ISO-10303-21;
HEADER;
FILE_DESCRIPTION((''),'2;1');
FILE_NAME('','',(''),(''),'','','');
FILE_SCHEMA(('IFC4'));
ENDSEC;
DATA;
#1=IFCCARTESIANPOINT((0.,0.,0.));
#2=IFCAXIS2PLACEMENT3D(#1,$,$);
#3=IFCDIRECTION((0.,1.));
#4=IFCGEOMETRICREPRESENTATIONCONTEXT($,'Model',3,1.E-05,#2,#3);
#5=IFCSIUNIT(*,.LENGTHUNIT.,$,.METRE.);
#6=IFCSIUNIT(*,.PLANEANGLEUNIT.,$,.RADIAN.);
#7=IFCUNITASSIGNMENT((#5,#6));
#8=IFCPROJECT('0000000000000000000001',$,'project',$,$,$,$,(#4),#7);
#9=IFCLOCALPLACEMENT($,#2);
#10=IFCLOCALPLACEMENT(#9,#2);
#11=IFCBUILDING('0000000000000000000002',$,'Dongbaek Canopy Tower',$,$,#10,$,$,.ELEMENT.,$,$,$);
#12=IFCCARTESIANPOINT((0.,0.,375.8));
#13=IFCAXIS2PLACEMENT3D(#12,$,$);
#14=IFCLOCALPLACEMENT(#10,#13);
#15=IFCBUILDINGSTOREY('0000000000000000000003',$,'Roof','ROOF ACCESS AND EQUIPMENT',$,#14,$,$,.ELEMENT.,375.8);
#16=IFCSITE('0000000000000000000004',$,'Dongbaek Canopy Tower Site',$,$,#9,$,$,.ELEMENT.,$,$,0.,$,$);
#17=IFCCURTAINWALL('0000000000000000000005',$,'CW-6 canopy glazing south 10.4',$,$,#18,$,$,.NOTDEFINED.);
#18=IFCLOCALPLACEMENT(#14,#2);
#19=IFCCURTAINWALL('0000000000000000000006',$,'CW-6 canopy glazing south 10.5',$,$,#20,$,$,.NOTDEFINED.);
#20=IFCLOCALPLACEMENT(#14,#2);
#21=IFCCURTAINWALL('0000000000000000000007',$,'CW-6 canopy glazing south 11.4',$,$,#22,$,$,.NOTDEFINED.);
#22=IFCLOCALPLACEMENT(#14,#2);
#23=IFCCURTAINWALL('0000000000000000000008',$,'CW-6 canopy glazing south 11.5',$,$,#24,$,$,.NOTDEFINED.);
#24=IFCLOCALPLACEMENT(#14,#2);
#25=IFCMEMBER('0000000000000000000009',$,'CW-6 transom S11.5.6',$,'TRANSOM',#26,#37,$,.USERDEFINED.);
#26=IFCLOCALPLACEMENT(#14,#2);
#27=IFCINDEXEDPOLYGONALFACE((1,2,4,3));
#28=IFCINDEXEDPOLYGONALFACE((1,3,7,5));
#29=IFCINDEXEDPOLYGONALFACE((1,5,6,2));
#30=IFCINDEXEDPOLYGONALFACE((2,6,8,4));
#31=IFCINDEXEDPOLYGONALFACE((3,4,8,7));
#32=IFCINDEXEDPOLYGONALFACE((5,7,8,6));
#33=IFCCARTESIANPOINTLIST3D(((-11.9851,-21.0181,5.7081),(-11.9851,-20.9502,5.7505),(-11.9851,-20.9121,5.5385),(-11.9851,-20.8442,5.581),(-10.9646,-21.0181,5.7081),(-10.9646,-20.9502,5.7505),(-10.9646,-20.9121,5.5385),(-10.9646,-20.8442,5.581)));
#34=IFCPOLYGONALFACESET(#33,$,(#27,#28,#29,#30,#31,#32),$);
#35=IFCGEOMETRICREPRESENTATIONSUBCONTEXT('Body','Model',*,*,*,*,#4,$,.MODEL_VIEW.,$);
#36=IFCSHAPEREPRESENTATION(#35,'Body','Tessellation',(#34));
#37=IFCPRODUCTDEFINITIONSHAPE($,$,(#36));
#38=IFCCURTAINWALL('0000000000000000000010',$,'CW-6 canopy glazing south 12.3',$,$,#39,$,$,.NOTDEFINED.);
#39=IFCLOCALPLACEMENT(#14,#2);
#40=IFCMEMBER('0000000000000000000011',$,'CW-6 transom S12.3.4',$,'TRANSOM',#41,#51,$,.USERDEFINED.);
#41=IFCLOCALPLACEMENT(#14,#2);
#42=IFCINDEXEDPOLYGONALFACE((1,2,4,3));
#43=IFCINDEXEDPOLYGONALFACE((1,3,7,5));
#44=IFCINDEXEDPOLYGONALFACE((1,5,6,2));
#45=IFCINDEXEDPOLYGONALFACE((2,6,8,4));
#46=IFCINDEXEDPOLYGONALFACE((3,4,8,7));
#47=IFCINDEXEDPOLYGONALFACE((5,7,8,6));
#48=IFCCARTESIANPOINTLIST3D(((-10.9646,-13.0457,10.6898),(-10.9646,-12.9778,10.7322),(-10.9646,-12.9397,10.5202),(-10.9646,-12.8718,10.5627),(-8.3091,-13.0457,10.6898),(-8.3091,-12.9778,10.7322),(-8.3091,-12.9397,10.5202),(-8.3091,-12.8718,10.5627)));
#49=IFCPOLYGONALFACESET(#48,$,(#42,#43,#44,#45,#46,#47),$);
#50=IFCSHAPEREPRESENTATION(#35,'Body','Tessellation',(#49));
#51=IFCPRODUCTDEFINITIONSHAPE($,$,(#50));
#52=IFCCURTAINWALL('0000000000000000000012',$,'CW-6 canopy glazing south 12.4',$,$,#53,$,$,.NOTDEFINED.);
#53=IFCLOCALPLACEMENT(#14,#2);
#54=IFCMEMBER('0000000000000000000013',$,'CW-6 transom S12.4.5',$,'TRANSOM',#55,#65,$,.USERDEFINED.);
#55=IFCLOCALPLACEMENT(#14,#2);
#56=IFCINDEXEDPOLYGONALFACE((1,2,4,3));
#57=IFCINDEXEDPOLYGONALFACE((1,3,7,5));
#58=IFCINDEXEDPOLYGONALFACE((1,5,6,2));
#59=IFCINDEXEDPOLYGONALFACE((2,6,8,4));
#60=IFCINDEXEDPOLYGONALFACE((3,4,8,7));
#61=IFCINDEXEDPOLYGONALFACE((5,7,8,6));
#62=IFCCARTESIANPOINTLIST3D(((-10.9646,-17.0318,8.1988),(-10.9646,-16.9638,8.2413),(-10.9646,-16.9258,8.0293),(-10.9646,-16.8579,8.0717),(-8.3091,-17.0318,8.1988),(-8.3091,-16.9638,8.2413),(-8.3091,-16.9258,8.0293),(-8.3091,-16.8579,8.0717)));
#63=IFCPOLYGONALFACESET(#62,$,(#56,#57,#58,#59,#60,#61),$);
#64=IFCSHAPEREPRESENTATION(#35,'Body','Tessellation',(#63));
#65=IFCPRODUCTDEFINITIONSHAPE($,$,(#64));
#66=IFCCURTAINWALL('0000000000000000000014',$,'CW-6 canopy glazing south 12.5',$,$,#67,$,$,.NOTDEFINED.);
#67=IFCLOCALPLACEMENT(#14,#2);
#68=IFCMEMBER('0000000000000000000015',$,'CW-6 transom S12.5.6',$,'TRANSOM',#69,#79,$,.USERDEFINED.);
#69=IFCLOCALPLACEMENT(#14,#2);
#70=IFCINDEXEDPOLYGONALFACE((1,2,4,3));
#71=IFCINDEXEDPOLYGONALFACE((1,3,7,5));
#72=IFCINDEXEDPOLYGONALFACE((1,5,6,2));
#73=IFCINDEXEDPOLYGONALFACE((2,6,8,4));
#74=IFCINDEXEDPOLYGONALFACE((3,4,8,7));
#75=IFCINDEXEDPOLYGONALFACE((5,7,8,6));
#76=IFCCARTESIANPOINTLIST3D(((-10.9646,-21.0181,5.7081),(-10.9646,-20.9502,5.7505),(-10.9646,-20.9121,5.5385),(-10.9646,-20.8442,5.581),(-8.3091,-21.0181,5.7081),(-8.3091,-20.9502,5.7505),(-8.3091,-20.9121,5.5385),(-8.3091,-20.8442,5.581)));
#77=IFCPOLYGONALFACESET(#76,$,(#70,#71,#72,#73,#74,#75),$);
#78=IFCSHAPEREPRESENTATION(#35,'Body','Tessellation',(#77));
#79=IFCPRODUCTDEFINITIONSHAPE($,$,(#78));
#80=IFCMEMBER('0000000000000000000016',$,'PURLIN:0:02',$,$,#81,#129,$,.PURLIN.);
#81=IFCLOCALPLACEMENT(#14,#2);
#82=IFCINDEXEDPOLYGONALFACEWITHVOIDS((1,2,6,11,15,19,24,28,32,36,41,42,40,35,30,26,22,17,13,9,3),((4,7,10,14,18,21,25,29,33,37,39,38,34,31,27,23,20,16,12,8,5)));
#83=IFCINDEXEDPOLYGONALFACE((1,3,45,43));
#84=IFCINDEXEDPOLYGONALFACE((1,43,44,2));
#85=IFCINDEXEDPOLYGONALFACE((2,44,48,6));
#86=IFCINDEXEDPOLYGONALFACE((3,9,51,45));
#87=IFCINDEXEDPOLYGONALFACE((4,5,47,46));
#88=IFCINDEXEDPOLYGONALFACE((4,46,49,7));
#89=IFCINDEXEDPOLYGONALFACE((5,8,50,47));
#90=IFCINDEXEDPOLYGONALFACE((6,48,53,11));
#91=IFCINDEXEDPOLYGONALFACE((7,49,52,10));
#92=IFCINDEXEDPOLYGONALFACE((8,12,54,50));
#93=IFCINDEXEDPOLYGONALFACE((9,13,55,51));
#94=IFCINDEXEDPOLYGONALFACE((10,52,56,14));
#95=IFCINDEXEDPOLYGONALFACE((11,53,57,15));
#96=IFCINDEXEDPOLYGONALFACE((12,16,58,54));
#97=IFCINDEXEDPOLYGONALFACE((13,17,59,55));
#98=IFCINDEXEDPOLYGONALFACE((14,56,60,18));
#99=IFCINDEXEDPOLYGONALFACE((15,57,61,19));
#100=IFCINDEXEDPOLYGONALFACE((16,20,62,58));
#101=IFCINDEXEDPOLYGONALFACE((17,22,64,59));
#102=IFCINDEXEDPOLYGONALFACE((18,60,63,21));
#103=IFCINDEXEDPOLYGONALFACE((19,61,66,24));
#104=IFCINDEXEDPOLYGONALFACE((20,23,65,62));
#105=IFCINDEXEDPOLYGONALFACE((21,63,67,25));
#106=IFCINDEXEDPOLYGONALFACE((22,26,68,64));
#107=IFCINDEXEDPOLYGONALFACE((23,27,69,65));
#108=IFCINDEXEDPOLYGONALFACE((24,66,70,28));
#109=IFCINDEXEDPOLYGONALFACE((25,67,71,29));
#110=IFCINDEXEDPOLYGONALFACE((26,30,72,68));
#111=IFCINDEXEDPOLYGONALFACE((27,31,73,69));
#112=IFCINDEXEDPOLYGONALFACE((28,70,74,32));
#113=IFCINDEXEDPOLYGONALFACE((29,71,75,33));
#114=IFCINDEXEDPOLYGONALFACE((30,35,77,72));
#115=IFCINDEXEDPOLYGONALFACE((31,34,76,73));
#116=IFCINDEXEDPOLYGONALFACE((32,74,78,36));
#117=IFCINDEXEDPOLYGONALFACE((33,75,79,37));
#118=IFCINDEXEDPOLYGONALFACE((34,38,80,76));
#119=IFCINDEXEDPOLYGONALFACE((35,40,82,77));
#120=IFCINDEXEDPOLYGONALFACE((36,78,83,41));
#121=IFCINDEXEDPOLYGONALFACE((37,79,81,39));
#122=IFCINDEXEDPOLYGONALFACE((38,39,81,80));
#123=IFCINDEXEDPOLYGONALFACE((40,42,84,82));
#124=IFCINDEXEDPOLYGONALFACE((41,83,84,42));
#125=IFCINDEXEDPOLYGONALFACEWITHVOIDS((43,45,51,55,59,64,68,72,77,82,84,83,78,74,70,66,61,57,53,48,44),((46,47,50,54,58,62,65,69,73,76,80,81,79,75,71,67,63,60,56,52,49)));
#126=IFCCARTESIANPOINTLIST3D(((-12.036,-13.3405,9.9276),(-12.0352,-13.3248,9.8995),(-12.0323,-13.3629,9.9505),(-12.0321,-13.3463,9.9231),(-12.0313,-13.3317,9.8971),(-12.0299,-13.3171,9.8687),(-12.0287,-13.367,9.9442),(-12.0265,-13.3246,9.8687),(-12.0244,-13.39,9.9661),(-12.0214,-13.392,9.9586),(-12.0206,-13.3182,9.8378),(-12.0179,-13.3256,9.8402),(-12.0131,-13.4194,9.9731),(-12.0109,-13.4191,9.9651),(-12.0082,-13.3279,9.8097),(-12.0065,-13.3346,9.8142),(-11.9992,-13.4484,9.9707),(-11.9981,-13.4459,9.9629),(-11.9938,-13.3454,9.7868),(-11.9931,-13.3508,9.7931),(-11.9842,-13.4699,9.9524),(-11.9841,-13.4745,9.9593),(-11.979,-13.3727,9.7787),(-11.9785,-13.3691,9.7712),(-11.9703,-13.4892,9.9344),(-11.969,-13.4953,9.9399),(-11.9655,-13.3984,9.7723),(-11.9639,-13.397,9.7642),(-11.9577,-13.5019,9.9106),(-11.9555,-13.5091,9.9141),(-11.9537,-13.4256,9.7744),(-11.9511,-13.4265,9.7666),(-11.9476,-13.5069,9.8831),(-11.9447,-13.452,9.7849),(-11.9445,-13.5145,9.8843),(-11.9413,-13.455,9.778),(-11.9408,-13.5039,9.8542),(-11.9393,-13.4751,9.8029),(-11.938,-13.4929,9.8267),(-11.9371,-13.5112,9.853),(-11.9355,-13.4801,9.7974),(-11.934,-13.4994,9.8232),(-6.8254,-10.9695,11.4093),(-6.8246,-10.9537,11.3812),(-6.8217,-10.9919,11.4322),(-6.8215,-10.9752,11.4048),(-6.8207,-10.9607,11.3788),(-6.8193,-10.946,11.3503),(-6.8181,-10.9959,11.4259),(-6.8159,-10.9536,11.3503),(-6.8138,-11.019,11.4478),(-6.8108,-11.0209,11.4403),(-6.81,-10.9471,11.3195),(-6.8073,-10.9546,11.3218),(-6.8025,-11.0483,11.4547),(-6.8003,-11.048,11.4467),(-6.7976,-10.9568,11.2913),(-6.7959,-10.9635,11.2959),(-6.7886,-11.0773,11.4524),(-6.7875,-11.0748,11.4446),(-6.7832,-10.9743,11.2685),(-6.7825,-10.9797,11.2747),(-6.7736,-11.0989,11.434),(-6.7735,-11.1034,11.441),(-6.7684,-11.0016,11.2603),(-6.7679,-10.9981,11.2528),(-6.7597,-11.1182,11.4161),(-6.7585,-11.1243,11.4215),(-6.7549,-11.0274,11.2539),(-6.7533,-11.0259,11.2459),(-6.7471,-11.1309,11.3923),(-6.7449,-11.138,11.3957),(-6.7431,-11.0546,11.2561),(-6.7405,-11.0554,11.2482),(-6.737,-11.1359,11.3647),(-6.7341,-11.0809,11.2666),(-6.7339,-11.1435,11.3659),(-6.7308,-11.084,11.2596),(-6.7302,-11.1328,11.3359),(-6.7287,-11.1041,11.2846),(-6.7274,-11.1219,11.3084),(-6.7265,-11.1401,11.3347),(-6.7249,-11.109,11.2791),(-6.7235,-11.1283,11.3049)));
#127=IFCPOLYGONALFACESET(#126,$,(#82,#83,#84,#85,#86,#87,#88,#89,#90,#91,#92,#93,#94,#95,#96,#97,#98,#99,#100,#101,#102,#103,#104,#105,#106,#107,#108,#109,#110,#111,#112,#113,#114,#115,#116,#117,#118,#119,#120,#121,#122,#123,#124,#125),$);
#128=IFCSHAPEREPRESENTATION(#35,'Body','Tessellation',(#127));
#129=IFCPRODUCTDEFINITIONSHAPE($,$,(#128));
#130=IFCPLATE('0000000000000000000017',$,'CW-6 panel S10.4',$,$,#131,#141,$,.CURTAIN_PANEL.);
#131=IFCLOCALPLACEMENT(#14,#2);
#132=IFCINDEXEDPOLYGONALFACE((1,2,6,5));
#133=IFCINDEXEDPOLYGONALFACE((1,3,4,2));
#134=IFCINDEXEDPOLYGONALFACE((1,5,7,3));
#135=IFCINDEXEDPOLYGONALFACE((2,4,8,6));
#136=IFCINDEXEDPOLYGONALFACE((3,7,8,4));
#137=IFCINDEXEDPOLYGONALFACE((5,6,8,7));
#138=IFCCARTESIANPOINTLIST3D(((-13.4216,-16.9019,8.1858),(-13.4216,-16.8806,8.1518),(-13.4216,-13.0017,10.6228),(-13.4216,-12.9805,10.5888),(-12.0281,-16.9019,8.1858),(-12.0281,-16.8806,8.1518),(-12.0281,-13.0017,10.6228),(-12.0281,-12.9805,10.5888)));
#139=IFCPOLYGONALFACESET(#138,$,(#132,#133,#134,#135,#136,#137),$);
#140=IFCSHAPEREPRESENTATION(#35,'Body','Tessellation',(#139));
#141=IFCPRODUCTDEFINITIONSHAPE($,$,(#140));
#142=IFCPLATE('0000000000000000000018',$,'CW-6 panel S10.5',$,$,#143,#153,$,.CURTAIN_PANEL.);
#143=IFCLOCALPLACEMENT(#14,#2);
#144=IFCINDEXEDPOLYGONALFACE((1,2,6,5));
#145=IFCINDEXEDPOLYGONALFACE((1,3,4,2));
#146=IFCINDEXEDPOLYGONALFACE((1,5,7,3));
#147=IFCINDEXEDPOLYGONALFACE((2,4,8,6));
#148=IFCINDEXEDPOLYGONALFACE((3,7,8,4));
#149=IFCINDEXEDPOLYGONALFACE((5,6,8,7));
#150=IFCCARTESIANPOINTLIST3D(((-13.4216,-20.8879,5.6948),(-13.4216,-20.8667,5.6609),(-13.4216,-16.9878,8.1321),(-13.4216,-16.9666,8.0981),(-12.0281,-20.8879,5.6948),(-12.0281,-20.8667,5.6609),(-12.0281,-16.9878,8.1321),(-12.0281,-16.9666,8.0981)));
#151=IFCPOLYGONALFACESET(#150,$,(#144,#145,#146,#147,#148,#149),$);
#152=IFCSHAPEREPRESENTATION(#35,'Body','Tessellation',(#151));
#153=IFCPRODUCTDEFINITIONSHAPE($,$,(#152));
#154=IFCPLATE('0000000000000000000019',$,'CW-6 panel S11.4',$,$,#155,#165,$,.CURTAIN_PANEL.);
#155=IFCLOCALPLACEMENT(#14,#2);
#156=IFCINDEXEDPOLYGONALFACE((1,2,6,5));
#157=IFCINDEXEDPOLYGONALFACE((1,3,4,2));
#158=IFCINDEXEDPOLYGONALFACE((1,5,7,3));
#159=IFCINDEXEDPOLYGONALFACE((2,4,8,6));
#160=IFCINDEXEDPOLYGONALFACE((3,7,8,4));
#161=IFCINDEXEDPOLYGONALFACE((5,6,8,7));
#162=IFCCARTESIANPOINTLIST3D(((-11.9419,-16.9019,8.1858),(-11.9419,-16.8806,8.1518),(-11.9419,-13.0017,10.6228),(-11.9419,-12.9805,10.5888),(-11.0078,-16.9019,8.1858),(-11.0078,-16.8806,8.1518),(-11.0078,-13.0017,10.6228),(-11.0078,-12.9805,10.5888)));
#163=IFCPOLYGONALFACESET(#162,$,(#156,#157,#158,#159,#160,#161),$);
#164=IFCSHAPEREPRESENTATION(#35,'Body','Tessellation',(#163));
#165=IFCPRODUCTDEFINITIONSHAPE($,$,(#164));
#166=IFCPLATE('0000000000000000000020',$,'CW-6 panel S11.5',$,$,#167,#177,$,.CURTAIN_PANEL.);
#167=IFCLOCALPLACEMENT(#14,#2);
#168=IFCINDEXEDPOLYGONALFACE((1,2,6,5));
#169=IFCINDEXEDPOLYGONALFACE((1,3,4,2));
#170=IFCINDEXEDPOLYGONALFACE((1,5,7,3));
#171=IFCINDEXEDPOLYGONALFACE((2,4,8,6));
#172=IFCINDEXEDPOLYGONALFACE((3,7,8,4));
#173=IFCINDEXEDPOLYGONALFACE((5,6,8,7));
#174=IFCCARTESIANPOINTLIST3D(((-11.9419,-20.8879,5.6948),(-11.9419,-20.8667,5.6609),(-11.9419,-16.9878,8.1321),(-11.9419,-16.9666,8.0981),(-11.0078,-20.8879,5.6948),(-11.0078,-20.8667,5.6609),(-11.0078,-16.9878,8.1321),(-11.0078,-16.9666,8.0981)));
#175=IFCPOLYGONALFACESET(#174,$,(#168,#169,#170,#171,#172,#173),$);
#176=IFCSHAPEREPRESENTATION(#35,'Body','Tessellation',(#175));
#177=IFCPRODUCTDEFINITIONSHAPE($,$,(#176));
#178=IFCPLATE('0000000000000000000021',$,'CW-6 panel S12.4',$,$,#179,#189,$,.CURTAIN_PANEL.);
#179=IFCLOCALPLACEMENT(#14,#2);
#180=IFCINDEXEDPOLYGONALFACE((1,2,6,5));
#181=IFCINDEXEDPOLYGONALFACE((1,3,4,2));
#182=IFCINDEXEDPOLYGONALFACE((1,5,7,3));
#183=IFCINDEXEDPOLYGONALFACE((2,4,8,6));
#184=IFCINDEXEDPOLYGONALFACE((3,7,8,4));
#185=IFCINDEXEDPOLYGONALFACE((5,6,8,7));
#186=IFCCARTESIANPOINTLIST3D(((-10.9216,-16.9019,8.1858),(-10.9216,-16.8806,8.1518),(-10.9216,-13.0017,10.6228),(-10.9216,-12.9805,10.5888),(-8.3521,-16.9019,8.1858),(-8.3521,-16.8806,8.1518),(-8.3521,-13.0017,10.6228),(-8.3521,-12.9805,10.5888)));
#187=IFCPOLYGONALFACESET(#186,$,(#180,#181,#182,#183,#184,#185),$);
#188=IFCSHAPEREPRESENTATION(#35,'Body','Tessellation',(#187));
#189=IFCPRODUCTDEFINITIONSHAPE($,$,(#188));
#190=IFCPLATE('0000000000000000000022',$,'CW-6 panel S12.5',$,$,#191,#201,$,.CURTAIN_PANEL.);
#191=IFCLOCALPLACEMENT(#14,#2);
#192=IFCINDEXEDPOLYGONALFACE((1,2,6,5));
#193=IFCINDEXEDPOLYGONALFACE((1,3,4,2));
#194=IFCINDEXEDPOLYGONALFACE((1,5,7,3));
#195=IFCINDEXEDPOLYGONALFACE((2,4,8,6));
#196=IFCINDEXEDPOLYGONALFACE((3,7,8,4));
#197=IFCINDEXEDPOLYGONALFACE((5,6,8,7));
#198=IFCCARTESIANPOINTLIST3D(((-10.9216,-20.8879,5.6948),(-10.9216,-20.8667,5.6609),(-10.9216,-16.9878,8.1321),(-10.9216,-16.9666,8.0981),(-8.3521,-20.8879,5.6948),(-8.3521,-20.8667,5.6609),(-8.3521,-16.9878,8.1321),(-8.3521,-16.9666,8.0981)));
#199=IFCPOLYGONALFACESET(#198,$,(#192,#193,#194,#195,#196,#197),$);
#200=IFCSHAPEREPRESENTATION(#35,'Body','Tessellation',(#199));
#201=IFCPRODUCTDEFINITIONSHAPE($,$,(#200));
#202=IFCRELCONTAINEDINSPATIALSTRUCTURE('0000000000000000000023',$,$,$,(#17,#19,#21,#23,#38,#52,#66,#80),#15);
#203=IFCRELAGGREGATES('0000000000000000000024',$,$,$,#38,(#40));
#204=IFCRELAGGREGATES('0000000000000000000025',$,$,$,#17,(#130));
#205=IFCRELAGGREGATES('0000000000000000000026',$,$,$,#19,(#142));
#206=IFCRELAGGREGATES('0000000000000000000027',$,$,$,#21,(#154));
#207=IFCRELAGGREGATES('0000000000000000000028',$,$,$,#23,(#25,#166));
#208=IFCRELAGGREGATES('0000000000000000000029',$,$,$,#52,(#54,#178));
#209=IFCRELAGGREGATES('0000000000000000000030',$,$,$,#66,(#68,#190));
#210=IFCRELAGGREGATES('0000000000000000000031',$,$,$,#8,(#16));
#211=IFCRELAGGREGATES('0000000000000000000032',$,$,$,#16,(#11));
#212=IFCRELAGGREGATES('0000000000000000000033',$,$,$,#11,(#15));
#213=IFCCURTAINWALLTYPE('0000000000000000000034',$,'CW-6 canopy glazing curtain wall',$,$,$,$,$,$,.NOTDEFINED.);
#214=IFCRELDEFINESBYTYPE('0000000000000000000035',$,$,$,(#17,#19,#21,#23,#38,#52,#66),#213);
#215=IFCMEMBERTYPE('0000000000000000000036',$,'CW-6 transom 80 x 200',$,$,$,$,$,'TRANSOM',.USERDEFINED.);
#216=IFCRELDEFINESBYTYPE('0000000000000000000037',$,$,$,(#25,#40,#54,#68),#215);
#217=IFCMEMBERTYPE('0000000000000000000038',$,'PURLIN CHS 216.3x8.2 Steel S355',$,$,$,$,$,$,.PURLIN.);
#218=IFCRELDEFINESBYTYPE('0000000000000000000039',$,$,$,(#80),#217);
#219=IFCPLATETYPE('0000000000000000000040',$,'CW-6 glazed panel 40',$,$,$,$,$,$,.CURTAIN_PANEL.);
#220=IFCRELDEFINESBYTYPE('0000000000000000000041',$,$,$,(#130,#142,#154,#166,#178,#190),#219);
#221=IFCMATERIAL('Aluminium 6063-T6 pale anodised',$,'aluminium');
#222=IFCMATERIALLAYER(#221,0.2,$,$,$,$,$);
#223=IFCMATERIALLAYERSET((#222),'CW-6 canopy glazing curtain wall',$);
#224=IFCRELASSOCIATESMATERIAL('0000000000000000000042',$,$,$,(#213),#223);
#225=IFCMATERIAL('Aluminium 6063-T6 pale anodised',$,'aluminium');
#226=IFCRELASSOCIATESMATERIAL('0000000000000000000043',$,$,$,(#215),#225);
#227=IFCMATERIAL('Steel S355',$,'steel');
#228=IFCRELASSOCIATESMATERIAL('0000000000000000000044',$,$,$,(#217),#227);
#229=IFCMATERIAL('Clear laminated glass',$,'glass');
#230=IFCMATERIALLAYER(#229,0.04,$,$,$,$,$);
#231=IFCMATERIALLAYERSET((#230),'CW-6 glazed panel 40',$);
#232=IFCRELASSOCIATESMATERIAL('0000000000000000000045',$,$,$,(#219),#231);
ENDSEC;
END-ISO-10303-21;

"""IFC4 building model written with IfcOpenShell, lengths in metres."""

from ifc_helpers import new_model, si_unit, direction, frame, origin, origin_2d, place, context, subcontext, project, spatial, polyline, rectangle, hollow_circle, outline, extrude, material, layer, layer_set, material_profile, profile_set, type_object, element, aggregate, save


model = new_model("IFC4")

# Units and contexts
model_context = context("Model", 3, precision=1e-05, world=origin(), true_north=direction((0.0, 1.0)))
body_context = subcontext(model_context, "Body", "Model", "MODEL_VIEW")
ifc_project = project(units=[si_unit("LENGTHUNIT", "METRE"), si_unit("PLANEANGLEUNIT", "RADIAN")], contexts=[model_context])

# Site, building, storey
site_placement = place(None, origin())
site = spatial("IfcSite", under=ifc_project, at=site_placement, Name="Dongbaek Canopy Tower Site", CompositionType="ELEMENT", RefElevation=0.0)
building_placement = place(site_placement, origin())
building = spatial("IfcBuilding", under=site, at=building_placement, Name="Dongbaek Canopy Tower", CompositionType="ELEMENT")
storey_placement = place(building_placement, frame((0.0, 0.0, 375.8)))
storey = spatial("IfcBuildingStorey", under=building, at=storey_placement, Name="Roof", Description="ROOF ACCESS AND EQUIPMENT", CompositionType="ELEMENT", Elevation=375.8)

# Curtain walls
ifc_material_1 = material(Name="Aluminium 6063-T6 pale anodised", Category="aluminium")
ifc_layer_1 = layer(ifc_material_1, 0.2)
ifc_layer_set_1 = layer_set([ifc_layer_1], Name="CW-6 canopy glazing curtain wall")
curtain_wall_type = type_object("IfcCurtainWallType", Name="CW-6 canopy glazing curtain wall", PredefinedType="NOTDEFINED", material=ifc_layer_set_1)
curtain_wall_1_placement = place(storey_placement, origin())
curtain_wall_1 = element("IfcCurtainWall", 1, at=curtain_wall_1_placement, inside=storey, type_object=curtain_wall_type, Name="CW-6 canopy glazing south 10.4", PredefinedType="NOTDEFINED")
curtain_wall_2_placement = place(storey_placement, origin())
curtain_wall_2 = element("IfcCurtainWall", 2, at=curtain_wall_2_placement, inside=storey, type_object=curtain_wall_type, Name="CW-6 canopy glazing south 10.5", PredefinedType="NOTDEFINED")
curtain_wall_3_placement = place(storey_placement, origin())
curtain_wall_3 = element("IfcCurtainWall", 3, at=curtain_wall_3_placement, inside=storey, type_object=curtain_wall_type, Name="CW-6 canopy glazing south 11.4", PredefinedType="NOTDEFINED")
curtain_wall_4_placement = place(storey_placement, origin())
curtain_wall_4 = element("IfcCurtainWall", 4, at=curtain_wall_4_placement, inside=storey, type_object=curtain_wall_type, Name="CW-6 canopy glazing south 11.5", PredefinedType="NOTDEFINED")
ifc_material_2 = material(Name="Aluminium 6063-T6 pale anodised", Category="aluminium")
ifc_material_profile_1 = material_profile(ifc_material_2, rectangle(XDim=0.0801, YDim=0.2, at=origin_2d()), Name="CW-6 transom 80 x 200")
ifc_profile_set_1 = profile_set([ifc_material_profile_1], Name="Aluminium 6063-T6 pale anodised")
member_type_1 = type_object("IfcMemberType", Name="CW-6 transom 80 x 200", ElementType="TRANSOM", PredefinedType="USERDEFINED", material=ifc_profile_set_1)

# Member
member_1_placement = place(storey_placement, frame((-11.9851, -20.9312, 5.6445), z_axis=(1.0, 0.0, 0.0), x_axis=(0.0, 0.848048, 0.529919)))
member_1 = element("IfcMember", 5, at=member_1_placement, type_object=member_type_1, Name="CW-6 transom S11.5.6", ObjectType="TRANSOM", PredefinedType="USERDEFINED", context=body_context, shape_type="SweptSolid", body=[
    extrude(rectangle(XDim=0.0801, YDim=0.2, at=origin_2d()), origin(), (0.0, 0.0, 1.0), 1.0205),
])

# Curtain walls, members
curtain_wall_5_placement = place(storey_placement, origin())
curtain_wall_5 = element("IfcCurtainWall", 6, at=curtain_wall_5_placement, inside=storey, type_object=curtain_wall_type, Name="CW-6 canopy glazing south 12.3", PredefinedType="NOTDEFINED")
member_2_placement = place(storey_placement, frame((-10.9646, -12.9587, 10.6262), z_axis=(1.0, 0.0, 0.0), x_axis=(0.0, 0.848048, 0.529919)))
member_2 = element("IfcMember", 7, at=member_2_placement, type_object=member_type_1, Name="CW-6 transom S12.3.4", ObjectType="TRANSOM", PredefinedType="USERDEFINED", context=body_context, shape_type="SweptSolid", body=[
    extrude(rectangle(XDim=0.0801, YDim=0.2, at=origin_2d()), origin(), (0.0, 0.0, 1.0), 2.6555),
])
aggregate(curtain_wall_5, [member_2])
curtain_wall_6_placement = place(storey_placement, origin())
curtain_wall_6 = element("IfcCurtainWall", 8, at=curtain_wall_6_placement, inside=storey, type_object=curtain_wall_type, Name="CW-6 canopy glazing south 12.4", PredefinedType="NOTDEFINED")
member_3_placement = place(storey_placement, frame((-10.9646, -16.9448, 8.1353), z_axis=(1.0, 0.0, 0.0), x_axis=(0.0, 0.848048, 0.529919)))
member_3 = element("IfcMember", 9, at=member_3_placement, type_object=member_type_1, Name="CW-6 transom S12.4.5", ObjectType="TRANSOM", PredefinedType="USERDEFINED", context=body_context, shape_type="SweptSolid", body=[
    extrude(rectangle(XDim=0.0801, YDim=0.2, at=origin_2d()), origin(), (0.0, 0.0, 1.0), 2.6555),
])
curtain_wall_7_placement = place(storey_placement, origin())
curtain_wall_7 = element("IfcCurtainWall", 10, at=curtain_wall_7_placement, inside=storey, type_object=curtain_wall_type, Name="CW-6 canopy glazing south 12.5", PredefinedType="NOTDEFINED")
member_4_placement = place(storey_placement, frame((-10.9646, -20.9312, 5.6445), z_axis=(1.0, 0.0, 0.0), x_axis=(0.0, 0.848048, 0.529919)))
member_4 = element("IfcMember", 11, at=member_4_placement, type_object=member_type_1, Name="CW-6 transom S12.5.6", ObjectType="TRANSOM", PredefinedType="USERDEFINED", context=body_context, shape_type="SweptSolid", body=[
    extrude(rectangle(XDim=0.0801, YDim=0.2, at=origin_2d()), origin(), (0.0, 0.0, 1.0), 2.6555),
])

# Member
ifc_material_3 = material(Name="Steel S355", Category="steel")
ifc_material_profile_2 = material_profile(ifc_material_3, hollow_circle(Radius=0.1082, WallThickness=0.0083, at=origin_2d()), Name="PURLIN CHS 216.3x8.2 Steel S355")
ifc_profile_set_2 = profile_set([ifc_material_profile_2], Name="Steel S355")
member_type_2 = type_object("IfcMemberType", Name="PURLIN CHS 216.3x8.2 Steel S355", PredefinedType="PURLIN", material=ifc_profile_set_2)
member_5_placement = place(storey_placement, frame((-11.9851, -13.4155, 9.8687), z_axis=(0.881161, 0.400967, 0.250563), x_axis=(-0.414179, 0.910196, 0.0)))
element("IfcMember", 12, at=member_5_placement, inside=storey, type_object=member_type_2, Name="PURLIN:0:02", PredefinedType="PURLIN", context=body_context, shape_type="SweptSolid", body=[
    extrude(hollow_circle(Radius=0.1082, WallThickness=0.0083, at=origin_2d()), origin(), (0.0, 0.0, 1.0), 5.9133),
])

# Plates
ifc_material_4 = material(Name="Clear laminated glass", Category="glass")
ifc_layer_2 = layer(ifc_material_4, 0.04)
ifc_layer_set_2 = layer_set([ifc_layer_2], Name="CW-6 glazed panel 40")
plate_type = type_object("IfcPlateType", Name="CW-6 glazed panel 40", PredefinedType="CURTAIN_PANEL", material=ifc_layer_set_2)
plate_1_placement = place(storey_placement, frame((-13.4216, -13.0017, 10.6228), z_axis=(0.0, -0.529908, 0.848055), x_axis=(1.0, 0.0, 0.0)))
plate_1 = element("IfcPlate", 13, at=plate_1_placement, type_object=plate_type, Name="CW-6 panel S10.4", PredefinedType="CURTAIN_PANEL", context=body_context, shape_type="SweptSolid", body=[
    extrude(outline(polyline([(0.0, 0.0), (1.3936, 0.0), (1.3936, -4.5989), (0.0, -4.5989), (0.0, 0.0)])), origin(), (0.0, 0.0, -1.0), 0.04),
])
aggregate(curtain_wall_1, [plate_1])
plate_2_placement = place(storey_placement, frame((-13.4216, -16.9878, 8.1321), z_axis=(0.0, -0.529946, 0.848031), x_axis=(1.0, 0.0, 0.0)))
plate_2 = element("IfcPlate", 14, at=plate_2_placement, type_object=plate_type, Name="CW-6 panel S10.5", PredefinedType="CURTAIN_PANEL", context=body_context, shape_type="SweptSolid", body=[
    extrude(outline(polyline([(0.0, 0.0), (1.3936, 0.0), (1.3936, -4.5991), (0.0, -4.5991), (0.0, 0.0)])), origin(), (0.0, 0.0, -1.0), 0.04),
])
aggregate(curtain_wall_2, [plate_2])
plate_3_placement = place(storey_placement, frame((-11.9419, -13.0017, 10.6228), z_axis=(0.0, -0.529908, 0.848055), x_axis=(1.0, 0.0, 0.0)))
plate_3 = element("IfcPlate", 15, at=plate_3_placement, type_object=plate_type, Name="CW-6 panel S11.4", PredefinedType="CURTAIN_PANEL", context=body_context, shape_type="SweptSolid", body=[
    extrude(outline(polyline([(0.0, 0.0), (0.9341, 0.0), (0.9341, -4.5989), (0.0, -4.5989), (0.0, 0.0)])), origin(), (0.0, 0.0, -1.0), 0.04),
])
aggregate(curtain_wall_3, [plate_3])
plate_4_placement = place(storey_placement, frame((-11.9419, -16.9878, 8.1321), z_axis=(0.0, -0.529946, 0.848031), x_axis=(1.0, 0.0, 0.0)))
plate_4 = element("IfcPlate", 16, at=plate_4_placement, type_object=plate_type, Name="CW-6 panel S11.5", PredefinedType="CURTAIN_PANEL", context=body_context, shape_type="SweptSolid", body=[
    extrude(outline(polyline([(0.0, 0.0), (0.9341, 0.0), (0.9341, -4.5991), (0.0, -4.5991), (0.0, 0.0)])), origin(), (0.0, 0.0, -1.0), 0.04),
])
aggregate(curtain_wall_4, [member_1, plate_4])
plate_5_placement = place(storey_placement, frame((-10.9216, -13.0017, 10.6228), z_axis=(0.0, -0.529908, 0.848055), x_axis=(1.0, 0.0, 0.0)))
plate_5 = element("IfcPlate", 17, at=plate_5_placement, type_object=plate_type, Name="CW-6 panel S12.4", PredefinedType="CURTAIN_PANEL", context=body_context, shape_type="SweptSolid", body=[
    extrude(outline(polyline([(0.0, 0.0), (2.5696, 0.0), (2.5696, -4.5989), (0.0, -4.5989), (0.0, 0.0)])), origin(), (0.0, 0.0, -1.0), 0.04),
])
aggregate(curtain_wall_6, [member_3, plate_5])
plate_6_placement = place(storey_placement, frame((-10.9216, -16.9878, 8.1321), z_axis=(0.0, -0.529946, 0.848031), x_axis=(1.0, 0.0, 0.0)))
plate_6 = element("IfcPlate", 18, at=plate_6_placement, type_object=plate_type, Name="CW-6 panel S12.5", PredefinedType="CURTAIN_PANEL", context=body_context, shape_type="SweptSolid", body=[
    extrude(outline(polyline([(0.0, 0.0), (2.5696, 0.0), (2.5696, -4.5991), (0.0, -4.5991), (0.0, 0.0)])), origin(), (0.0, 0.0, -1.0), 0.04),
])
aggregate(curtain_wall_7, [member_4, plate_6])

save(model, "model.ifc")
